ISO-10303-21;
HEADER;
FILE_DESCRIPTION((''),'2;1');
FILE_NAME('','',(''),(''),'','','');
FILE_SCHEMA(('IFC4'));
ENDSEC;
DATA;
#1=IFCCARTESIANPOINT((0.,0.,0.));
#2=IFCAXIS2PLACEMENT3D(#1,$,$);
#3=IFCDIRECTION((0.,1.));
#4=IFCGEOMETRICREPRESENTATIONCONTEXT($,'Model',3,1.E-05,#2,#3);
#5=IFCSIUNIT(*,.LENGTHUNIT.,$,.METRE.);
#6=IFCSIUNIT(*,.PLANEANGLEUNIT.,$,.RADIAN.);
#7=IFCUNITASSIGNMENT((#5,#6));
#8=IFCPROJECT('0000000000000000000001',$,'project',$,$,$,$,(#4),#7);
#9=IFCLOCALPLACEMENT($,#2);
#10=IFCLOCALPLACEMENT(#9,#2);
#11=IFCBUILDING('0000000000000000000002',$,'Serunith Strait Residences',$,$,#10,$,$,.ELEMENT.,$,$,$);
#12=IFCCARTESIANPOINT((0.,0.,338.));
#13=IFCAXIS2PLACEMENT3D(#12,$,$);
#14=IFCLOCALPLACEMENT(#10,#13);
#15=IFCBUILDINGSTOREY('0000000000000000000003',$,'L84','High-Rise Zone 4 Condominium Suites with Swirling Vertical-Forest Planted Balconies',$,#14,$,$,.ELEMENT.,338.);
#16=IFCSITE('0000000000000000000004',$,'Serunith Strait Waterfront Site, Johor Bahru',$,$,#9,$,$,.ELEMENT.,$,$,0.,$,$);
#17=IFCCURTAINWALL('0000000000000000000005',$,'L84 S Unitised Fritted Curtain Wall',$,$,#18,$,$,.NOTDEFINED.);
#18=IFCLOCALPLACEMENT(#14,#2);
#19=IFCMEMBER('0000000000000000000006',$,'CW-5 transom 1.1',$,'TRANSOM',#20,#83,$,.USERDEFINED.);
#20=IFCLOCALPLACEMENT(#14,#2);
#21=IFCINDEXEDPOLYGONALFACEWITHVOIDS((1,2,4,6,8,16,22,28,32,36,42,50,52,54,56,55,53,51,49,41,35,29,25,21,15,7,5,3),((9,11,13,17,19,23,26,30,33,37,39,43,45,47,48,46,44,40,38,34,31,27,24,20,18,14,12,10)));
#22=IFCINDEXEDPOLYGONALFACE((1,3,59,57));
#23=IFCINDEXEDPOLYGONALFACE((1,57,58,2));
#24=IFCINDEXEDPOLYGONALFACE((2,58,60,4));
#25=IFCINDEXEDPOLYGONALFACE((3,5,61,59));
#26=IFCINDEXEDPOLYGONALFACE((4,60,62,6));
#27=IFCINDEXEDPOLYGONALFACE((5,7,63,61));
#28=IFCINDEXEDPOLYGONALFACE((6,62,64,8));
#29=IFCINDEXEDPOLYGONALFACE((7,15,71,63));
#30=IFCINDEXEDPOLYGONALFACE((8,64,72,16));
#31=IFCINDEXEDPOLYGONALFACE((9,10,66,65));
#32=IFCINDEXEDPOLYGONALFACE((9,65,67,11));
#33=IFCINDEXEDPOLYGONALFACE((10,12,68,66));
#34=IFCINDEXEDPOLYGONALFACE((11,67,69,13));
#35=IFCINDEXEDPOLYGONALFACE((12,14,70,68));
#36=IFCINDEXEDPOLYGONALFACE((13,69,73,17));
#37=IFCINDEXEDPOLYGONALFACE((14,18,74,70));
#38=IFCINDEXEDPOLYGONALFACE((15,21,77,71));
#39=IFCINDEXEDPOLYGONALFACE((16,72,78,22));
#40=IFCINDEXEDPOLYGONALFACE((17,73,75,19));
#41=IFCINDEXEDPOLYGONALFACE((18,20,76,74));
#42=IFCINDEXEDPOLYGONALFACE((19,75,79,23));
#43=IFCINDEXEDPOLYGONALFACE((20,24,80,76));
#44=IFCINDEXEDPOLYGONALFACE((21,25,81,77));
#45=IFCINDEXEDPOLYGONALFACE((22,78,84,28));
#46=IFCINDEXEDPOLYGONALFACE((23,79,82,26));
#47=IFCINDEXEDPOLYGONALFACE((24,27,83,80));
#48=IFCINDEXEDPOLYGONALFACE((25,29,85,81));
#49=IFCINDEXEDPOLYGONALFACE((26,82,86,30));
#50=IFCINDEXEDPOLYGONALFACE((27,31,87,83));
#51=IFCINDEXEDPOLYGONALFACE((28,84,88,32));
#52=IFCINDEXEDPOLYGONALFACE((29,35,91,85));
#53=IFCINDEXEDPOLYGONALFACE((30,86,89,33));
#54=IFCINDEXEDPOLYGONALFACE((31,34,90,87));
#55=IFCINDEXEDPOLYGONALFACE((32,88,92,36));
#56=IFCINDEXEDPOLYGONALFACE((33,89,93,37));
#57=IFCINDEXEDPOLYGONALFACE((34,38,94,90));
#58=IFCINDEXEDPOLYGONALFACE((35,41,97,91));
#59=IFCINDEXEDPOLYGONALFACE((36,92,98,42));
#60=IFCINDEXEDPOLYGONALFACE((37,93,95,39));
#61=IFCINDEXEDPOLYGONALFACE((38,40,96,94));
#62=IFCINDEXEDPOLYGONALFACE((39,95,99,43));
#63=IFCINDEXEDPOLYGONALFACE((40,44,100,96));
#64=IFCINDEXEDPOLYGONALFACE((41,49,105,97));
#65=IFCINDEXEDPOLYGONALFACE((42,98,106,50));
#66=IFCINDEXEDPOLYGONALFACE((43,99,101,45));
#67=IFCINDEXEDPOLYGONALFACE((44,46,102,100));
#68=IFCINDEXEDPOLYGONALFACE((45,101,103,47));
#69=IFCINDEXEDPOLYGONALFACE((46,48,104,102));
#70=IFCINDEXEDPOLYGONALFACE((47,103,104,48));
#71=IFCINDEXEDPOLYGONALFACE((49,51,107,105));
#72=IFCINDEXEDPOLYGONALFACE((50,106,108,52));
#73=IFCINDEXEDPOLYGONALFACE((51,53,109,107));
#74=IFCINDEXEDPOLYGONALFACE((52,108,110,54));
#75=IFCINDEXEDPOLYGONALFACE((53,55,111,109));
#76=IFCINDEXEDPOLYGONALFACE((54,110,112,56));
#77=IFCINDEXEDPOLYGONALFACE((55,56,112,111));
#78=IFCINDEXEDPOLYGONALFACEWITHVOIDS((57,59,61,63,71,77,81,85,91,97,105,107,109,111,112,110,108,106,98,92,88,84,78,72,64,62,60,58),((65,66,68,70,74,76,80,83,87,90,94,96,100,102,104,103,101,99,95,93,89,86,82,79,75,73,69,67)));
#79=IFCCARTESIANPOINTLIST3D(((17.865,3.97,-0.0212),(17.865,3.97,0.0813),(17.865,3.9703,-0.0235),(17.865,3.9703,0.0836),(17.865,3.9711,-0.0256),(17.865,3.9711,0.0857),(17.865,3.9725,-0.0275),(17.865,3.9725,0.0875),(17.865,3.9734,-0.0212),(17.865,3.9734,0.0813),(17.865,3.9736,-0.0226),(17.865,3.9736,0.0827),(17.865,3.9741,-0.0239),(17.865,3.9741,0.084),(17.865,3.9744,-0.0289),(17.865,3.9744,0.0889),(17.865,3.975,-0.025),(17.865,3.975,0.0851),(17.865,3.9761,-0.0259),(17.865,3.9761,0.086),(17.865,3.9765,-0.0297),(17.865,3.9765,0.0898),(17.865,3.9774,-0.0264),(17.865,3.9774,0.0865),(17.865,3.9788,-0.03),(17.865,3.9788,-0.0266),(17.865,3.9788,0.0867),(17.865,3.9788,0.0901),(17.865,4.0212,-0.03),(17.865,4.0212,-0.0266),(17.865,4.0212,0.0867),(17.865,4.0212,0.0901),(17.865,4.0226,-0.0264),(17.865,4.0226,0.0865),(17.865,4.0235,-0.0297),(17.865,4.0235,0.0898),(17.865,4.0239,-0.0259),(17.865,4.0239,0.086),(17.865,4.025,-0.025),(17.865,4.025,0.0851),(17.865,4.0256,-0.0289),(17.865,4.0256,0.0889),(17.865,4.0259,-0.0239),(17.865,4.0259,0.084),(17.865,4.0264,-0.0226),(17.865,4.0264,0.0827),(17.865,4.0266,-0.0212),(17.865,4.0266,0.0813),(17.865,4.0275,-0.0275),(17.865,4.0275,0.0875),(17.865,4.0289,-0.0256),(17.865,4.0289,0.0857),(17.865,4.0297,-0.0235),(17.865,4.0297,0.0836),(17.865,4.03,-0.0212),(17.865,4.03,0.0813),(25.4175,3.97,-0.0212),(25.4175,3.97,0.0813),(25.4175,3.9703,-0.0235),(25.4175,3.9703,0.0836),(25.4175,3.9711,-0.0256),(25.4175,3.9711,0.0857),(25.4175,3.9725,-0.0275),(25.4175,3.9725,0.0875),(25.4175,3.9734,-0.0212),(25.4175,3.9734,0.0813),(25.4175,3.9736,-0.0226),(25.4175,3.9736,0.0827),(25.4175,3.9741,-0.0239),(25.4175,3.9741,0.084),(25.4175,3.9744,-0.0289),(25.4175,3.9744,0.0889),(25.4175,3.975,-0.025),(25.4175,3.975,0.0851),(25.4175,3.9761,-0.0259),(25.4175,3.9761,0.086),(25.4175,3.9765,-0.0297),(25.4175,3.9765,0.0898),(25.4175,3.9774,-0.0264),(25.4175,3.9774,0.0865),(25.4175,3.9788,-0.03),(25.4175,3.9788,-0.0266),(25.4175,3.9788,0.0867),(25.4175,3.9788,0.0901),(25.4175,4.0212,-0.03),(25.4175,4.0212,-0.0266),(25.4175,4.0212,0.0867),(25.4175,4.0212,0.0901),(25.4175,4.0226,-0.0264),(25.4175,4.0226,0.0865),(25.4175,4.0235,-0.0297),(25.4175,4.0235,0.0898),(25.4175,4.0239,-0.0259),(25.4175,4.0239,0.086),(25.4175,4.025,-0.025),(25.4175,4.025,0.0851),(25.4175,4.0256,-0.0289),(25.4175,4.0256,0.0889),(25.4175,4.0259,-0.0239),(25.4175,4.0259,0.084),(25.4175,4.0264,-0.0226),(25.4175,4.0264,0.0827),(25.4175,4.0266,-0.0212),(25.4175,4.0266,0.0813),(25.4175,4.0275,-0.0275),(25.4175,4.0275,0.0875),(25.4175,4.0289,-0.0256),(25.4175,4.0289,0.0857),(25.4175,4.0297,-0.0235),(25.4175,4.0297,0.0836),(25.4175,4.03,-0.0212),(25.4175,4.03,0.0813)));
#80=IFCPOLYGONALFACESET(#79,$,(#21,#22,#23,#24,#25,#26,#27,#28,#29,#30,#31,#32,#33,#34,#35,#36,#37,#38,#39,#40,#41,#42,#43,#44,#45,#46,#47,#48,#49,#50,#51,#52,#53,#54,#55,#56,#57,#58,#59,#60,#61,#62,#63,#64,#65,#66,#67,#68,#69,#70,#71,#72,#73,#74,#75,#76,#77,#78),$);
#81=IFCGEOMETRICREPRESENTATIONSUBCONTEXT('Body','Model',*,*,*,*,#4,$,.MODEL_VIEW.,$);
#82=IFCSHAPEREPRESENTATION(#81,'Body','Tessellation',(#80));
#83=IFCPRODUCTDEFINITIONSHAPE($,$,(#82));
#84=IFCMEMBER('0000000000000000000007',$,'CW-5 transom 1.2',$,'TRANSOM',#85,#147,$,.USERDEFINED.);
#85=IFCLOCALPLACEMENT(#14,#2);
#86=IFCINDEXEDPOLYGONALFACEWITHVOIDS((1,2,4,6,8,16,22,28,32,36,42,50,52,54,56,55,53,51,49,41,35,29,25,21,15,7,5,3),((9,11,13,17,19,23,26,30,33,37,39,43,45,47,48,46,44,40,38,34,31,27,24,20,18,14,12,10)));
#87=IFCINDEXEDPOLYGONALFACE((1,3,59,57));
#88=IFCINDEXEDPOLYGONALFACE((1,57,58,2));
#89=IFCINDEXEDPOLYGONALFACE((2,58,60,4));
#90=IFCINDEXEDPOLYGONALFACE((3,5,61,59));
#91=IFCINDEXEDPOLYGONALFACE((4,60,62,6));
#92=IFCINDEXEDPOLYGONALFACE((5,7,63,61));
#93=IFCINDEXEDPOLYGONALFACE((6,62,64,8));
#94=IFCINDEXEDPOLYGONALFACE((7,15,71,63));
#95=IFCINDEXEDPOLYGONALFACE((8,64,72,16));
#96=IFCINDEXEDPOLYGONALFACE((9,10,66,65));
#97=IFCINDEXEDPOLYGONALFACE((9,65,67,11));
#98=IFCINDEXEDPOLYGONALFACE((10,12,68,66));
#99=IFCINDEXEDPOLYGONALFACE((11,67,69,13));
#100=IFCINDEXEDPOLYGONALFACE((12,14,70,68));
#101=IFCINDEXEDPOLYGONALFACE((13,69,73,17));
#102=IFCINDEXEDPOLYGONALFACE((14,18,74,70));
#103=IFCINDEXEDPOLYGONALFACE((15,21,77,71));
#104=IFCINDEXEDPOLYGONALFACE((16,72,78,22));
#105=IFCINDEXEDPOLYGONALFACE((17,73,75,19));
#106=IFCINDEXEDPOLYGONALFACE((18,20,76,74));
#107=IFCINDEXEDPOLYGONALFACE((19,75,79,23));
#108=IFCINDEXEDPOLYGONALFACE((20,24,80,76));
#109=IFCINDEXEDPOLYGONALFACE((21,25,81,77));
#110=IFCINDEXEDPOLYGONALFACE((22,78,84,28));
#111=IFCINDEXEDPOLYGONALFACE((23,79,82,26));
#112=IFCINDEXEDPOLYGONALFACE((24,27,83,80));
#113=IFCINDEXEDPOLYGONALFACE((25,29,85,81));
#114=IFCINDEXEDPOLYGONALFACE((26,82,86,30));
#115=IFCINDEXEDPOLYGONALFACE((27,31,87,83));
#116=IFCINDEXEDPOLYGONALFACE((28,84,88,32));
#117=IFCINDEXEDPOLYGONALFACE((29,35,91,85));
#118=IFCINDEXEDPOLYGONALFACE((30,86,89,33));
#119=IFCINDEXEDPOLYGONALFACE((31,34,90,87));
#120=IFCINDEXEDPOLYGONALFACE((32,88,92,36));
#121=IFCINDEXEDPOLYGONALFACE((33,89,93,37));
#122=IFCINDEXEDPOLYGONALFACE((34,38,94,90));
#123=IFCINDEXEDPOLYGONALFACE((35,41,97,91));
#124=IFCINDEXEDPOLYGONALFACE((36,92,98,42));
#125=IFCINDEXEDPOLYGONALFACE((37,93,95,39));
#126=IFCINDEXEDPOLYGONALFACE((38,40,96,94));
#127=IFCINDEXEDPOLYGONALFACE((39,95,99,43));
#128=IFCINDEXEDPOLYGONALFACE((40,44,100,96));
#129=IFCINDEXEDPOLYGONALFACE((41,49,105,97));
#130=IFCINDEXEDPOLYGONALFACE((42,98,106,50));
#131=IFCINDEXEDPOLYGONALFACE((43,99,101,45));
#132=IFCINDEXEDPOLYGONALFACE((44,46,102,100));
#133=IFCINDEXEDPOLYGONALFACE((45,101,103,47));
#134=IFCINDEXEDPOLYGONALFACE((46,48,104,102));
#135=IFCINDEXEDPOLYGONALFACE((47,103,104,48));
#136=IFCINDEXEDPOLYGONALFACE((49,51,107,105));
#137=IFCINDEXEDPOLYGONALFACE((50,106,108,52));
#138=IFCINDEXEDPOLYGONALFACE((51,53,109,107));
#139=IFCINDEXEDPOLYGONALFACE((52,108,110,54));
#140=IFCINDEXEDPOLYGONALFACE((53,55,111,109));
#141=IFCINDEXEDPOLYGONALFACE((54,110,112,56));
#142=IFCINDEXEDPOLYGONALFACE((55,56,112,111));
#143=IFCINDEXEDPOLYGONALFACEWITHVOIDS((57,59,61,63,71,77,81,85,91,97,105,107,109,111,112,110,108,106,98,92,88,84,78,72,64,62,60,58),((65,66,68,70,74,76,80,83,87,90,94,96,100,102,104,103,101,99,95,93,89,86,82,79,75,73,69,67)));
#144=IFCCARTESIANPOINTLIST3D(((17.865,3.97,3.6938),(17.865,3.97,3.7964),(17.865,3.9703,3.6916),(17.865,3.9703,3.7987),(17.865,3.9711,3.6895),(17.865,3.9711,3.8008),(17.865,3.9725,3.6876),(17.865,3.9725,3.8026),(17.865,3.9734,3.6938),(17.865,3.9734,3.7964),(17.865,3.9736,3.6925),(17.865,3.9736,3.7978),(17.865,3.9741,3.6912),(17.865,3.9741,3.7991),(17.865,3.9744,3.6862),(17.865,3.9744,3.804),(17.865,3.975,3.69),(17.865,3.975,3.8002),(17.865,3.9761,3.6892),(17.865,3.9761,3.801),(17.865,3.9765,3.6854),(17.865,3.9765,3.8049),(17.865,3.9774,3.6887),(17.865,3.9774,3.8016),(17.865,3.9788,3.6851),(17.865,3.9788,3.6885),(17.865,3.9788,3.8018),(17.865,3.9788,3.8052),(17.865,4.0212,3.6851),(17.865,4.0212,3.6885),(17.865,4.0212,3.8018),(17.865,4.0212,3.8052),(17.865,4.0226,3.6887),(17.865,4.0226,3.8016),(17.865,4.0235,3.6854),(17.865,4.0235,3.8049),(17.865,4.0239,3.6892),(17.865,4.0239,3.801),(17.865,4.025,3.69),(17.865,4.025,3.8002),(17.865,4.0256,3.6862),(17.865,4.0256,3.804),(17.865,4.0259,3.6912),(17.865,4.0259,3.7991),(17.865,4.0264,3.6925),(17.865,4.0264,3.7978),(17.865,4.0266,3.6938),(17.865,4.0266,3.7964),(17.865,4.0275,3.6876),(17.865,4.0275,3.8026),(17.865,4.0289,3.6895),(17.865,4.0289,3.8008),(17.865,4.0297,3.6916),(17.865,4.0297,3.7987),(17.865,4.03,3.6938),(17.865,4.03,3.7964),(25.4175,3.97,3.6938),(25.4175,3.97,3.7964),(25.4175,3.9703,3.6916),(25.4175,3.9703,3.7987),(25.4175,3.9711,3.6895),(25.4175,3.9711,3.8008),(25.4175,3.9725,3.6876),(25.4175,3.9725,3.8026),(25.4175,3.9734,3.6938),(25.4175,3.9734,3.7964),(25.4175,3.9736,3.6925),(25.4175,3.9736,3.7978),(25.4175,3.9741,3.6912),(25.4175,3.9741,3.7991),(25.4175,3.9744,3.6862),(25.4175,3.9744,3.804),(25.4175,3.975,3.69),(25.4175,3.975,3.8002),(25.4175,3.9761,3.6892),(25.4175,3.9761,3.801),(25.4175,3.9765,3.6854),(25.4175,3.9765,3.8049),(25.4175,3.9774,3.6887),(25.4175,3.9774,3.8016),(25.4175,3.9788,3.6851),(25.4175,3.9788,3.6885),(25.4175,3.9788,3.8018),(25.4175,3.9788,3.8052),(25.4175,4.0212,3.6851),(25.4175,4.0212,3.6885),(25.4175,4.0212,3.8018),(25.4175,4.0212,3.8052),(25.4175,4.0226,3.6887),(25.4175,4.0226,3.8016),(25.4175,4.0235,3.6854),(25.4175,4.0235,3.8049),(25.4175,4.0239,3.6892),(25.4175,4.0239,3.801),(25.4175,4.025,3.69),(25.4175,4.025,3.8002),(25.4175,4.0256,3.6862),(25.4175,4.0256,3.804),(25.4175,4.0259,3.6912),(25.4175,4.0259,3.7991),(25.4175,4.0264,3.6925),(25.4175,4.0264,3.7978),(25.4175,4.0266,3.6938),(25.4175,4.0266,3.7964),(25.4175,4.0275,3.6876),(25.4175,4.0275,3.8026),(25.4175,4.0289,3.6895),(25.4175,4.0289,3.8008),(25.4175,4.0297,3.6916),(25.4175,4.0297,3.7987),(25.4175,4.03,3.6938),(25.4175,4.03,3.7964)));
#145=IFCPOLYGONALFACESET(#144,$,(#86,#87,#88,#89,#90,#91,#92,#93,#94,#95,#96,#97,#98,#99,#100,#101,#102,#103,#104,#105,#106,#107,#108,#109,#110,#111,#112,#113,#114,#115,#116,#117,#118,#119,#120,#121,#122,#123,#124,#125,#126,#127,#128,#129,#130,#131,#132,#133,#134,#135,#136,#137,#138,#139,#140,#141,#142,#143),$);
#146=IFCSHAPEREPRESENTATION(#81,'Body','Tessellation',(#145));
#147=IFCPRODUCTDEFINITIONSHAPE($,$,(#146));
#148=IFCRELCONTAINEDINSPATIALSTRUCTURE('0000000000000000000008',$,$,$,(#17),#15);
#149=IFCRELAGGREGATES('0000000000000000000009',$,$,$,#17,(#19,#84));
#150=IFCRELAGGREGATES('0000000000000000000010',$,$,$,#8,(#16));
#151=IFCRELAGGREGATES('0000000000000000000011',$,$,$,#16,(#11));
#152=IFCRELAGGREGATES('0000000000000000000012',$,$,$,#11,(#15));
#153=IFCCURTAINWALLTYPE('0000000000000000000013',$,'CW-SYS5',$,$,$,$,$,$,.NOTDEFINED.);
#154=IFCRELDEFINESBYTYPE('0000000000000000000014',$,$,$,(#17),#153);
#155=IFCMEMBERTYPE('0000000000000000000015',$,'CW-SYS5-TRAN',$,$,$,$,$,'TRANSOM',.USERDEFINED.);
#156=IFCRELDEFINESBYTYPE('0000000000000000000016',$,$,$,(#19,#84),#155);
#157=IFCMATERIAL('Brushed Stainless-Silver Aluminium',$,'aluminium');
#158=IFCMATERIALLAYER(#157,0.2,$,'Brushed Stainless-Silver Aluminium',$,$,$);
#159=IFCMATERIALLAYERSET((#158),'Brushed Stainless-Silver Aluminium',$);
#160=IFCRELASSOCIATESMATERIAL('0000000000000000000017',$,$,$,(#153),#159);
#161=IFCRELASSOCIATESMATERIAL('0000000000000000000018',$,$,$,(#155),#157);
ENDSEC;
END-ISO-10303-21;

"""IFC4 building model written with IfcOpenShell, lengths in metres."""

from ifc_helpers import new_model, si_unit, direction, frame, origin, origin_2d, place, context, subcontext, project, spatial, hollow_rectangle, extrude, source, transform, mapped, material, layer, layer_set, material_profile, profile_set, type_object, element, aggregate, save


model = new_model("IFC4")

# Units and contexts
model_context = context("Model", 3, precision=1e-05, world=origin(), true_north=direction((0.0, 1.0)))
body_context = subcontext(model_context, "Body", "Model", "MODEL_VIEW")
ifc_project = project(units=[si_unit("LENGTHUNIT", "METRE"), si_unit("PLANEANGLEUNIT", "RADIAN")], contexts=[model_context])

# Site, building, storey
site_placement = place(None, origin())
site = spatial("IfcSite", under=ifc_project, at=site_placement, Name="Serunith Strait Waterfront Site, Johor Bahru", CompositionType="ELEMENT", RefElevation=0.0)
building_placement = place(site_placement, origin())
building = spatial("IfcBuilding", under=site, at=building_placement, Name="Serunith Strait Residences", CompositionType="ELEMENT")
storey_placement = place(building_placement, frame((0.0, 0.0, 338.0)))
storey = spatial("IfcBuildingStorey", under=building, at=storey_placement, Name="L84", Description="High-Rise Zone 4 Condominium Suites with Swirling Vertical-Forest Planted Balconies", CompositionType="ELEMENT", Elevation=338.0)

# Curtain wall
ifc_material_1 = material(Name="Brushed Stainless-Silver Aluminium", Category="aluminium")
ifc_layer_1 = layer(ifc_material_1, 0.2, Name="Brushed Stainless-Silver Aluminium")
ifc_layer_set_1 = layer_set([ifc_layer_1], Name="Brushed Stainless-Silver Aluminium")
curtain_wall_type = type_object("IfcCurtainWallType", Name="CW-SYS5", PredefinedType="NOTDEFINED", material=ifc_layer_set_1)
curtain_wall_1_placement = place(storey_placement, origin())
curtain_wall_1 = element("IfcCurtainWall", 1, at=curtain_wall_1_placement, inside=storey, type_object=curtain_wall_type, Name="L84 S Unitised Fritted Curtain Wall", PredefinedType="NOTDEFINED")

# Members
ifc_material_profile_1 = material_profile(ifc_material_1, hollow_rectangle(XDim=0.0601, YDim=0.1201, WallThickness=0.0034, InnerFilletRadius=0.0054, OuterFilletRadius=0.0088, at=origin_2d()), Name="ALU 120x60x3.5")
ifc_profile_set_1 = profile_set([ifc_material_profile_1], Name="Brushed Stainless-Silver Aluminium")
member_type_1 = type_object("IfcMemberType", Name="CW-SYS5-TRAN", ElementType="TRANSOM", PredefinedType="USERDEFINED", material=ifc_profile_set_1)
shared_shape_1 = source(origin(), body_context, "Body", "SweptSolid", [
    extrude(hollow_rectangle(XDim=0.0601, YDim=0.1201, WallThickness=0.0034, InnerFilletRadius=0.0054, OuterFilletRadius=0.0088, at=origin_2d()), origin(), (0.0, 0.0, 1.0), 7.5525),
])
member_1_placement = place(storey_placement, frame((17.865, 4.0, 0.03), z_axis=(1.0, 0.0, 0.0), x_axis=(0.0, 1.0, 0.0)))
member_1 = element("IfcMember", 2, at=member_1_placement, type_object=member_type_1, Name="CW-5 transom 1.1", ObjectType="TRANSOM", PredefinedType="USERDEFINED", context=body_context, shape_type="MappedRepresentation", body=[
    mapped(shared_shape_1, transform((0.0, 0.0, 0.0), scale=1.0)),
])
member_2_placement = place(storey_placement, frame((17.865, 4.0, 3.7451), z_axis=(1.0, 0.0, 0.0), x_axis=(0.0, 1.0, 0.0)))
member_2 = element("IfcMember", 3, at=member_2_placement, type_object=member_type_1, Name="CW-5 transom 1.2", ObjectType="TRANSOM", PredefinedType="USERDEFINED", context=body_context, shape_type="MappedRepresentation", body=[
    mapped(shared_shape_1, transform((0.0, 0.0, 0.0), scale=1.0)),
])
aggregate(curtain_wall_1, [member_1, member_2])

save(model, "model.ifc")
